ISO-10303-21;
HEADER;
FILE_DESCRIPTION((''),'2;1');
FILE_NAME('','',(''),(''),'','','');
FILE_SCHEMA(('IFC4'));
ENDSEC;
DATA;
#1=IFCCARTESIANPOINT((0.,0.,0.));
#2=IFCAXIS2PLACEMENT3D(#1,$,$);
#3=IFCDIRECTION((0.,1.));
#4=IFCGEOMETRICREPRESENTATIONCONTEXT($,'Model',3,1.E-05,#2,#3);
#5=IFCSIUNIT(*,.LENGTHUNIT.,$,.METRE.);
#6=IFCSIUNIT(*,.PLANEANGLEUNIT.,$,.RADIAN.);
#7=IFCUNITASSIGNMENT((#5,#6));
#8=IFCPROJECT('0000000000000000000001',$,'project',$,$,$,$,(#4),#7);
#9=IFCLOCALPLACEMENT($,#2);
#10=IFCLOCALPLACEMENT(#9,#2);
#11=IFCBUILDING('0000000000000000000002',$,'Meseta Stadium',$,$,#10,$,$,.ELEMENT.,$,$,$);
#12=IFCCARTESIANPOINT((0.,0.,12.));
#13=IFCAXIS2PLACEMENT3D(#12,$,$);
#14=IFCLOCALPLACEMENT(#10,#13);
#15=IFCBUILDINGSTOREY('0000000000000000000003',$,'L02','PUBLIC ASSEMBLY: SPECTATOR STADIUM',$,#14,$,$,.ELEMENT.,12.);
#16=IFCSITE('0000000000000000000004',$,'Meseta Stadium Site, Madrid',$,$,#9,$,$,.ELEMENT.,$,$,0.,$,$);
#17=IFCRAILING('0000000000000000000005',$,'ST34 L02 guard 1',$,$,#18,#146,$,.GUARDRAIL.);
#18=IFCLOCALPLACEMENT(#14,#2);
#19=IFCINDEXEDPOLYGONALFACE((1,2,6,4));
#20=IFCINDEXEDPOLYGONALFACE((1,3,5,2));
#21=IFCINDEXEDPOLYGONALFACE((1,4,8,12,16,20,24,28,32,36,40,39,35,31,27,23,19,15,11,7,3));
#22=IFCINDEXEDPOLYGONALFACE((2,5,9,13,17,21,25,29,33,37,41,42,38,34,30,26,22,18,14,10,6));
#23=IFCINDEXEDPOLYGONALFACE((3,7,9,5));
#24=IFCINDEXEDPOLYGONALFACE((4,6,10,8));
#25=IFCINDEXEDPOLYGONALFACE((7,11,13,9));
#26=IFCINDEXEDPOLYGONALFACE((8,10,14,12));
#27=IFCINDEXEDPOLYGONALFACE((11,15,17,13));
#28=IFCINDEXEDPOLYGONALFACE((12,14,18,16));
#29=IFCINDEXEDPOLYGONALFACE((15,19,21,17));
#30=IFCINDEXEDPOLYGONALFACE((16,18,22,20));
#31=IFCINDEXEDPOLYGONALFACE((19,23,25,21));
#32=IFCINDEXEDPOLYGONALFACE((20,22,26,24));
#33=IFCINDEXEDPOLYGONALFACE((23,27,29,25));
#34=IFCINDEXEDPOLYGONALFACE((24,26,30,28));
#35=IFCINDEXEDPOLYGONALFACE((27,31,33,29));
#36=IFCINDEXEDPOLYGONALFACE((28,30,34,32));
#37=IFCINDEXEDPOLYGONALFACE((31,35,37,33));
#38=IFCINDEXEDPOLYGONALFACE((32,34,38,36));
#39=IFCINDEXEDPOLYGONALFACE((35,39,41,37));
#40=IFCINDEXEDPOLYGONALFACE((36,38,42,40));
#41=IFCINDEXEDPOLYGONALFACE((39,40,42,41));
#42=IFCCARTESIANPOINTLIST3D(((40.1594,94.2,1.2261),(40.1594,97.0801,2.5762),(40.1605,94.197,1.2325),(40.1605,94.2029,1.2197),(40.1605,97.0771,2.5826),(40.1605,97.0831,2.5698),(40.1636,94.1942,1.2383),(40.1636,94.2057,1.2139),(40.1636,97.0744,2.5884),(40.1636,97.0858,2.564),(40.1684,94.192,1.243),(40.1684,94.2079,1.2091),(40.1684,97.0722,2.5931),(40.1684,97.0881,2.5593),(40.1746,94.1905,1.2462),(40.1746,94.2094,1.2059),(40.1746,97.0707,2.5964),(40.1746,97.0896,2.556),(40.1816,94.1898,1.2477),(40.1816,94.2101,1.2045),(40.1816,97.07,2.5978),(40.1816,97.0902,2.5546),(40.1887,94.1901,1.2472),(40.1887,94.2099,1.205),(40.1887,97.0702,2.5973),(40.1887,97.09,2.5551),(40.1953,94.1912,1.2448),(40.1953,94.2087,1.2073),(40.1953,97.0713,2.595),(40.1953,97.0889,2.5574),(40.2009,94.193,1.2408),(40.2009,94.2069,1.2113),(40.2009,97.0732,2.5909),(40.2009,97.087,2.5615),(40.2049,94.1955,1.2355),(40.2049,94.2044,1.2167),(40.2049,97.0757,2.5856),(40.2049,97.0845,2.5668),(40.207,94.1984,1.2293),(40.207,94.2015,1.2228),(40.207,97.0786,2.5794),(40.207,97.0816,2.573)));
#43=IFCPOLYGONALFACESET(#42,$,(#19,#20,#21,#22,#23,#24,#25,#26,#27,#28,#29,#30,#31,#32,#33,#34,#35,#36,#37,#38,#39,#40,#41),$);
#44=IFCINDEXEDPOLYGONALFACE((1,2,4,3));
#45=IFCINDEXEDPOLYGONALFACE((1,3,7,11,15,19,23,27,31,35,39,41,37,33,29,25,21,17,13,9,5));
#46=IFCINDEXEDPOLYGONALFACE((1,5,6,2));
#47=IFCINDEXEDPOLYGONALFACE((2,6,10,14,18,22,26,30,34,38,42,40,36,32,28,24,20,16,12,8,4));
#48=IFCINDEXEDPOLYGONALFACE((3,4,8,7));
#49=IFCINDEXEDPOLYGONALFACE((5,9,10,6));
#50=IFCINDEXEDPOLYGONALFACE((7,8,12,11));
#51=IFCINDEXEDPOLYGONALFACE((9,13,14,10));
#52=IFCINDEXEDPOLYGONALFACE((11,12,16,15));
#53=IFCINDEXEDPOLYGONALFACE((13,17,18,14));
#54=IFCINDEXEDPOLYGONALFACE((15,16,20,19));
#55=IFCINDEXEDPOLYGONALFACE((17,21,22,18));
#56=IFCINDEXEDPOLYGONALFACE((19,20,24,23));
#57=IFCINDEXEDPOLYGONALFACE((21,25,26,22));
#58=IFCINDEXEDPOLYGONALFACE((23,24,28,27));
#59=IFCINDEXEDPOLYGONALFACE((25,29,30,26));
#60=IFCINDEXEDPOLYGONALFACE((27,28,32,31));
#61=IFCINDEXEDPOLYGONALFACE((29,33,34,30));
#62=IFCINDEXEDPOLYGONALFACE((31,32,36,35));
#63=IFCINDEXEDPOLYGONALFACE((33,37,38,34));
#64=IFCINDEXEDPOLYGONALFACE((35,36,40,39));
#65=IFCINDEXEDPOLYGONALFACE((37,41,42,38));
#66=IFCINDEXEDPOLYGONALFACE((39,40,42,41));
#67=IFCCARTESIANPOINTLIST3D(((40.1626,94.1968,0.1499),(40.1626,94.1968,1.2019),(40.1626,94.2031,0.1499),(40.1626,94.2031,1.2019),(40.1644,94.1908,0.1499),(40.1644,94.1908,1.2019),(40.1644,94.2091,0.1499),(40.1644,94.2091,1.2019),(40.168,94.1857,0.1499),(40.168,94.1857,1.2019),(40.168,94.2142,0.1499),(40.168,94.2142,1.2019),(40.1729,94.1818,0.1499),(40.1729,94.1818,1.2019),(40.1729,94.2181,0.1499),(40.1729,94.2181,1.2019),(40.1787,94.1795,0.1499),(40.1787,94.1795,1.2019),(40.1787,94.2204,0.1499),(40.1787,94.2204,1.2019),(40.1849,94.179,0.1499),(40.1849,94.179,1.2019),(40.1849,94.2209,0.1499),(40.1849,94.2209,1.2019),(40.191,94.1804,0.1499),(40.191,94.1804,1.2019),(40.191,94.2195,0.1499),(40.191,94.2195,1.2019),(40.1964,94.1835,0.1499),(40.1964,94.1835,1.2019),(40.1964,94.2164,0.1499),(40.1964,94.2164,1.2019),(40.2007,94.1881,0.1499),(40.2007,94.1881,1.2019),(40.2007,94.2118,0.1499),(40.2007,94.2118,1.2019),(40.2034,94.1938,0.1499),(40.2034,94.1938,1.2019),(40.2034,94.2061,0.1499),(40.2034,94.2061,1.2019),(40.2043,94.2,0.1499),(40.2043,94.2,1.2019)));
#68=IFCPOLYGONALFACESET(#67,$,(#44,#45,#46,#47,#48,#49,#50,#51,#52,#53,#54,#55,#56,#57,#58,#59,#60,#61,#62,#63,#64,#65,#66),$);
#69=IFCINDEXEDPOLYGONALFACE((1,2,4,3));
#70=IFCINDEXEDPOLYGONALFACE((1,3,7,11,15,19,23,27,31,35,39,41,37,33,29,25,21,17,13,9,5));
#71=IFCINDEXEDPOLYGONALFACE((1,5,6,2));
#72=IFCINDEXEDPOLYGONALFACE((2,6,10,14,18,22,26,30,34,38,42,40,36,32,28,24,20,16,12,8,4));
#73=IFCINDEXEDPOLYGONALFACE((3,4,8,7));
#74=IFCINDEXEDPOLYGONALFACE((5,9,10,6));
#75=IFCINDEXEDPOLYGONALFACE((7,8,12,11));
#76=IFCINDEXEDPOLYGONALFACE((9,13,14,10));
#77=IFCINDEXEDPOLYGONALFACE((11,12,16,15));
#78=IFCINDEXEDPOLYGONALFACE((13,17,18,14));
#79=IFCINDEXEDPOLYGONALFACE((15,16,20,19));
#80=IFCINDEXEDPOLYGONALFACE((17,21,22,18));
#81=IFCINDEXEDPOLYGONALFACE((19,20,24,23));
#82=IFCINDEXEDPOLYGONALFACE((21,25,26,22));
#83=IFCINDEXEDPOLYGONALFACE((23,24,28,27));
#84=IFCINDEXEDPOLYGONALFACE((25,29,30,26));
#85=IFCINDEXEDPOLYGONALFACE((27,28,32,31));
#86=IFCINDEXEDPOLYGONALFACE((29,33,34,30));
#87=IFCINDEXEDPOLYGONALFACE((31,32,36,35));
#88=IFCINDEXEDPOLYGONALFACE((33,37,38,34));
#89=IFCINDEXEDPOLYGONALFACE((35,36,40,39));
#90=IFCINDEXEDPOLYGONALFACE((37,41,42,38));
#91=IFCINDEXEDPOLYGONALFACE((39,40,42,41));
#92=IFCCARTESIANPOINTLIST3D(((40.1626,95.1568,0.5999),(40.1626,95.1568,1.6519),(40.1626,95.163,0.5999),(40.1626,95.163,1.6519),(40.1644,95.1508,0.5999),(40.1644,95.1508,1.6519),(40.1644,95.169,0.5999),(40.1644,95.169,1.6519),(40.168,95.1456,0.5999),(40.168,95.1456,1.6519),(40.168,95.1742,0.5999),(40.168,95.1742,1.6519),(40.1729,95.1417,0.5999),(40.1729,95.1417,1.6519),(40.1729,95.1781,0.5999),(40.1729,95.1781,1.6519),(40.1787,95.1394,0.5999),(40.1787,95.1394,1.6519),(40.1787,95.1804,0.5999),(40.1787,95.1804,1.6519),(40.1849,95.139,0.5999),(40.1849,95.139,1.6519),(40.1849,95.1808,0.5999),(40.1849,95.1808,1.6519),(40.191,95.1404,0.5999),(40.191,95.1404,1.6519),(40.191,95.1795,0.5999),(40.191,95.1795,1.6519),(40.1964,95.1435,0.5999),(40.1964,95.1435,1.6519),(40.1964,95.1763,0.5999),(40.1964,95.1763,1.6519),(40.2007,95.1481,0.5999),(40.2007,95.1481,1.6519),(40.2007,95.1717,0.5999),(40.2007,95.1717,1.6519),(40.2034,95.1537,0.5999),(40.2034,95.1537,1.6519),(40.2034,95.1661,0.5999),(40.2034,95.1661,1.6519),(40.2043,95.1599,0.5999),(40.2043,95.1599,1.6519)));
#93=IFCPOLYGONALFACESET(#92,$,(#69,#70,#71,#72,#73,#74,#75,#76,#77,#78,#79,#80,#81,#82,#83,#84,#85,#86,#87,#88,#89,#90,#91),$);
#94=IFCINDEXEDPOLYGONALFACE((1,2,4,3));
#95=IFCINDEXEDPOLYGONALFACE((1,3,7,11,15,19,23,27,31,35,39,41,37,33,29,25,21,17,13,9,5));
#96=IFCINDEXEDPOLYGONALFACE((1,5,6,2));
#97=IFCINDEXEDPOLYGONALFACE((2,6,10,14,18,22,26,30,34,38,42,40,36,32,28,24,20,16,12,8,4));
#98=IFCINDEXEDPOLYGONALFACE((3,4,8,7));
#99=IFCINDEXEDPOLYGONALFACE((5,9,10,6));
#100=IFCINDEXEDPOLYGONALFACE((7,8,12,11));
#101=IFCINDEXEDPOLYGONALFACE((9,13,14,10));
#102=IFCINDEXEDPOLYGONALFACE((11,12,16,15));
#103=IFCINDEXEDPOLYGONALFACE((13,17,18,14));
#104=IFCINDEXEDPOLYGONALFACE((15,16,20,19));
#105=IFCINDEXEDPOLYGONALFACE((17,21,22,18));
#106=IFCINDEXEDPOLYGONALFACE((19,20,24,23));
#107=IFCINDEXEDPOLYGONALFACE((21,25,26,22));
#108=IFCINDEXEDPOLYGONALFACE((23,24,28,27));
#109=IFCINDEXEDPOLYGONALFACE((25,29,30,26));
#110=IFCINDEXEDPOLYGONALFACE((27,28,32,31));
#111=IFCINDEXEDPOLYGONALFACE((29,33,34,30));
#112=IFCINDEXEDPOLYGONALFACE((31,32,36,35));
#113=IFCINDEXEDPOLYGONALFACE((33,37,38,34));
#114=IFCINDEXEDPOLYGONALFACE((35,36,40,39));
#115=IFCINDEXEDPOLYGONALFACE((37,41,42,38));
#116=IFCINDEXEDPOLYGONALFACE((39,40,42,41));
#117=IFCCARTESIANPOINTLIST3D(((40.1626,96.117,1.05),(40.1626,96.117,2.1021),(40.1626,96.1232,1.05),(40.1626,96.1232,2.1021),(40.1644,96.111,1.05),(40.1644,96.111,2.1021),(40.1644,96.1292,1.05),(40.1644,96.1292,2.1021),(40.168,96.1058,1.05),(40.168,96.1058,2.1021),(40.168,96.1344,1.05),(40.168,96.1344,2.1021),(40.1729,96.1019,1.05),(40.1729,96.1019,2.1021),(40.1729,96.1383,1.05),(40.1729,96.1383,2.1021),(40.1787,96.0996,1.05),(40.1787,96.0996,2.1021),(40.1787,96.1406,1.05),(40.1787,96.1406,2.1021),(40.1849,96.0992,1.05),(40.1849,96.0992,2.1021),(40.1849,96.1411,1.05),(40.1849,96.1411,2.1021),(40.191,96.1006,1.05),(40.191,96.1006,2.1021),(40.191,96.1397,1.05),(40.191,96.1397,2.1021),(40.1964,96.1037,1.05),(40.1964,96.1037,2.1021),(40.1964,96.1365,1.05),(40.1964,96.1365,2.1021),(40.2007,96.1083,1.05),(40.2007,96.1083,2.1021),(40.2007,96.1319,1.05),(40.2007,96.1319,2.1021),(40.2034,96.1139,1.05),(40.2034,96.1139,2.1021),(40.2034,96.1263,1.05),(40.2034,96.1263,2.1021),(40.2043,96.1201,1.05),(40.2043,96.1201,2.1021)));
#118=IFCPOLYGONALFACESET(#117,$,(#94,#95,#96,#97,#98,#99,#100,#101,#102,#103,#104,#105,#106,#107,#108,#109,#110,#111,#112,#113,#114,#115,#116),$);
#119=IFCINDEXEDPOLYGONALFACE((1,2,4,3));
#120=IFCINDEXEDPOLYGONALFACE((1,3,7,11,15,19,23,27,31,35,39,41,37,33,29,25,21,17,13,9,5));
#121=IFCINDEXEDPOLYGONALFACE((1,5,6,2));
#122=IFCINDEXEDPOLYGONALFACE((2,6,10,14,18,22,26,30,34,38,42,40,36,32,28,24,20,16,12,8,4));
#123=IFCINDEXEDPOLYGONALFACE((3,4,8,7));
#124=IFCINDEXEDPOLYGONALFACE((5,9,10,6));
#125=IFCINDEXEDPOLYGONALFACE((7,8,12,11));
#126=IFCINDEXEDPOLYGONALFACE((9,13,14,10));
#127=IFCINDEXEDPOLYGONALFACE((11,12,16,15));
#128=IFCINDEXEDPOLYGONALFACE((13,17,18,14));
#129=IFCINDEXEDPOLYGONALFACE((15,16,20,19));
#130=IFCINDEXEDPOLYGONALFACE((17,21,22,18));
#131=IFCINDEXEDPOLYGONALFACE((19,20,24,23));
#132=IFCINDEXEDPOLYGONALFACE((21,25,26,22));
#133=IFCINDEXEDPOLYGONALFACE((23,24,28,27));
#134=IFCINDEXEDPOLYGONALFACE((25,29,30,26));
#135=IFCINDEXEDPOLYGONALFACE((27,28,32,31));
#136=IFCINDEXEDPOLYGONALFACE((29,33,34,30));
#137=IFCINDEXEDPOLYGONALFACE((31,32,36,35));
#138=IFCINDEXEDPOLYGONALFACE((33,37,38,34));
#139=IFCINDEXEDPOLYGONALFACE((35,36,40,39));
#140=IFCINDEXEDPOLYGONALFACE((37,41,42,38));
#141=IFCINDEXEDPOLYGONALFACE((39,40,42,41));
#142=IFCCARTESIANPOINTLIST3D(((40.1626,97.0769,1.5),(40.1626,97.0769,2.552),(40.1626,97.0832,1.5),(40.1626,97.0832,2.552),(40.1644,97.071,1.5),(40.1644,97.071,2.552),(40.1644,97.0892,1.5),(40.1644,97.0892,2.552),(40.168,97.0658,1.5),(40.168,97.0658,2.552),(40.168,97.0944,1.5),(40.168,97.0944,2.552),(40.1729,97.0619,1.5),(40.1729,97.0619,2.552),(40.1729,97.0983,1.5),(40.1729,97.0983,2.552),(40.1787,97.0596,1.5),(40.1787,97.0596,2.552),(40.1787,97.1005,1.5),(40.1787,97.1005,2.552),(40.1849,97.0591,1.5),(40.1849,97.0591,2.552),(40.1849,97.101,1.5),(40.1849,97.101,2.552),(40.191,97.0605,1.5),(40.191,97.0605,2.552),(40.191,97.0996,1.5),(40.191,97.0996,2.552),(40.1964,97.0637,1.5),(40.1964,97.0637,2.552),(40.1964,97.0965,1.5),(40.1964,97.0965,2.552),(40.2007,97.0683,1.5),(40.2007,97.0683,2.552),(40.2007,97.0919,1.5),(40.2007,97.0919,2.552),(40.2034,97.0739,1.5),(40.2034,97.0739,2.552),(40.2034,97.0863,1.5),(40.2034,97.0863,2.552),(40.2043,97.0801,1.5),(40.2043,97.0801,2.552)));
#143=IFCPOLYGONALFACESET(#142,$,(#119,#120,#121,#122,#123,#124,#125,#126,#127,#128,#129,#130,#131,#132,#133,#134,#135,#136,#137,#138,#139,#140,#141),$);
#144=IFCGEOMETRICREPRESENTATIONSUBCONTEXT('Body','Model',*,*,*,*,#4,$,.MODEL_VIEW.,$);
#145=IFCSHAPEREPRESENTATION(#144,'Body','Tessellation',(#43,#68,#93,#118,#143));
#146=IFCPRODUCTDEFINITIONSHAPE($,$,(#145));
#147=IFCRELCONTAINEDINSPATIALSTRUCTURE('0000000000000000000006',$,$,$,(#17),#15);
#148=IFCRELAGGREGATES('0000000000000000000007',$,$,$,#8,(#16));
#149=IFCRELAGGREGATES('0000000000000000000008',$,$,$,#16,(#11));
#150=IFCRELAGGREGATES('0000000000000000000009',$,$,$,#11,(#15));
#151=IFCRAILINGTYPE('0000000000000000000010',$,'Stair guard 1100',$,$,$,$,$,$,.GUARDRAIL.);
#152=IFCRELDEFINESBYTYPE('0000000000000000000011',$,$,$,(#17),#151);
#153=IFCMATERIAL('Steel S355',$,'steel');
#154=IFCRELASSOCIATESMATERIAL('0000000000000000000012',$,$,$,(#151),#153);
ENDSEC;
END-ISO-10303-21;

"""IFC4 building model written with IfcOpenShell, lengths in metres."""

from ifc_helpers import new_model, si_unit, direction, frame, origin, origin_2d, place, context, subcontext, project, spatial, circle, extrude, material, type_object, element, save


model = new_model("IFC4")

# Units and contexts
model_context = context("Model", 3, precision=1e-05, world=origin(), true_north=direction((0.0, 1.0)))
body_context = subcontext(model_context, "Body", "Model", "MODEL_VIEW")
ifc_project = project(units=[si_unit("LENGTHUNIT", "METRE"), si_unit("PLANEANGLEUNIT", "RADIAN")], contexts=[model_context])

# Site, building, storey
site_placement = place(None, origin())
site = spatial("IfcSite", under=ifc_project, at=site_placement, Name="Meseta Stadium Site, Madrid", CompositionType="ELEMENT", RefElevation=0.0)
building_placement = place(site_placement, origin())
building = spatial("IfcBuilding", under=site, at=building_placement, Name="Meseta Stadium", CompositionType="ELEMENT")
storey_placement = place(building_placement, frame((0.0, 0.0, 12.0)))
storey = spatial("IfcBuildingStorey", under=building, at=storey_placement, Name="L02", Description="PUBLIC ASSEMBLY: SPECTATOR STADIUM", CompositionType="ELEMENT", Elevation=12.0)

# Railing
ifc_material_1 = material(Name="Steel S355", Category="steel")
railing_type_1 = type_object("IfcRailingType", Name="Stair guard 1100", PredefinedType="GUARDRAIL", material=ifc_material_1)
railing_1_placement = place(storey_placement, frame((40.1833, 94.2, 0.1499)))
element("IfcRailing", 1, at=railing_1_placement, inside=storey, type_object=railing_type_1, Name="ST34 L02 guard 1", PredefinedType="GUARDRAIL", context=body_context, shape_type="SweptSolid", body=[
    extrude(circle(Radius=0.0239, at=origin_2d()), frame((0.0, 0.0, 1.0762), z_axis=(0.0, 0.905454, 0.424444), x_axis=(-1.0, 0.0, 0.0)), (0.0, 0.0, 1.0), 3.1809),
    extrude(circle(Radius=0.021, at=origin_2d()), origin(), (0.0, 0.0, 1.0), 1.052),
    extrude(circle(Radius=0.021, at=origin_2d()), frame((0.0, 0.96, 0.45)), (0.0, 0.0, 1.0), 1.052),
    extrude(circle(Radius=0.021, at=origin_2d()), frame((0.0, 1.9202, 0.9001)), (0.0, 0.0, 1.0), 1.052),
    extrude(circle(Radius=0.021, at=origin_2d()), frame((0.0, 2.8801, 1.3501)), (0.0, 0.0, 1.0), 1.052),
])

save(model, "model.ifc")
